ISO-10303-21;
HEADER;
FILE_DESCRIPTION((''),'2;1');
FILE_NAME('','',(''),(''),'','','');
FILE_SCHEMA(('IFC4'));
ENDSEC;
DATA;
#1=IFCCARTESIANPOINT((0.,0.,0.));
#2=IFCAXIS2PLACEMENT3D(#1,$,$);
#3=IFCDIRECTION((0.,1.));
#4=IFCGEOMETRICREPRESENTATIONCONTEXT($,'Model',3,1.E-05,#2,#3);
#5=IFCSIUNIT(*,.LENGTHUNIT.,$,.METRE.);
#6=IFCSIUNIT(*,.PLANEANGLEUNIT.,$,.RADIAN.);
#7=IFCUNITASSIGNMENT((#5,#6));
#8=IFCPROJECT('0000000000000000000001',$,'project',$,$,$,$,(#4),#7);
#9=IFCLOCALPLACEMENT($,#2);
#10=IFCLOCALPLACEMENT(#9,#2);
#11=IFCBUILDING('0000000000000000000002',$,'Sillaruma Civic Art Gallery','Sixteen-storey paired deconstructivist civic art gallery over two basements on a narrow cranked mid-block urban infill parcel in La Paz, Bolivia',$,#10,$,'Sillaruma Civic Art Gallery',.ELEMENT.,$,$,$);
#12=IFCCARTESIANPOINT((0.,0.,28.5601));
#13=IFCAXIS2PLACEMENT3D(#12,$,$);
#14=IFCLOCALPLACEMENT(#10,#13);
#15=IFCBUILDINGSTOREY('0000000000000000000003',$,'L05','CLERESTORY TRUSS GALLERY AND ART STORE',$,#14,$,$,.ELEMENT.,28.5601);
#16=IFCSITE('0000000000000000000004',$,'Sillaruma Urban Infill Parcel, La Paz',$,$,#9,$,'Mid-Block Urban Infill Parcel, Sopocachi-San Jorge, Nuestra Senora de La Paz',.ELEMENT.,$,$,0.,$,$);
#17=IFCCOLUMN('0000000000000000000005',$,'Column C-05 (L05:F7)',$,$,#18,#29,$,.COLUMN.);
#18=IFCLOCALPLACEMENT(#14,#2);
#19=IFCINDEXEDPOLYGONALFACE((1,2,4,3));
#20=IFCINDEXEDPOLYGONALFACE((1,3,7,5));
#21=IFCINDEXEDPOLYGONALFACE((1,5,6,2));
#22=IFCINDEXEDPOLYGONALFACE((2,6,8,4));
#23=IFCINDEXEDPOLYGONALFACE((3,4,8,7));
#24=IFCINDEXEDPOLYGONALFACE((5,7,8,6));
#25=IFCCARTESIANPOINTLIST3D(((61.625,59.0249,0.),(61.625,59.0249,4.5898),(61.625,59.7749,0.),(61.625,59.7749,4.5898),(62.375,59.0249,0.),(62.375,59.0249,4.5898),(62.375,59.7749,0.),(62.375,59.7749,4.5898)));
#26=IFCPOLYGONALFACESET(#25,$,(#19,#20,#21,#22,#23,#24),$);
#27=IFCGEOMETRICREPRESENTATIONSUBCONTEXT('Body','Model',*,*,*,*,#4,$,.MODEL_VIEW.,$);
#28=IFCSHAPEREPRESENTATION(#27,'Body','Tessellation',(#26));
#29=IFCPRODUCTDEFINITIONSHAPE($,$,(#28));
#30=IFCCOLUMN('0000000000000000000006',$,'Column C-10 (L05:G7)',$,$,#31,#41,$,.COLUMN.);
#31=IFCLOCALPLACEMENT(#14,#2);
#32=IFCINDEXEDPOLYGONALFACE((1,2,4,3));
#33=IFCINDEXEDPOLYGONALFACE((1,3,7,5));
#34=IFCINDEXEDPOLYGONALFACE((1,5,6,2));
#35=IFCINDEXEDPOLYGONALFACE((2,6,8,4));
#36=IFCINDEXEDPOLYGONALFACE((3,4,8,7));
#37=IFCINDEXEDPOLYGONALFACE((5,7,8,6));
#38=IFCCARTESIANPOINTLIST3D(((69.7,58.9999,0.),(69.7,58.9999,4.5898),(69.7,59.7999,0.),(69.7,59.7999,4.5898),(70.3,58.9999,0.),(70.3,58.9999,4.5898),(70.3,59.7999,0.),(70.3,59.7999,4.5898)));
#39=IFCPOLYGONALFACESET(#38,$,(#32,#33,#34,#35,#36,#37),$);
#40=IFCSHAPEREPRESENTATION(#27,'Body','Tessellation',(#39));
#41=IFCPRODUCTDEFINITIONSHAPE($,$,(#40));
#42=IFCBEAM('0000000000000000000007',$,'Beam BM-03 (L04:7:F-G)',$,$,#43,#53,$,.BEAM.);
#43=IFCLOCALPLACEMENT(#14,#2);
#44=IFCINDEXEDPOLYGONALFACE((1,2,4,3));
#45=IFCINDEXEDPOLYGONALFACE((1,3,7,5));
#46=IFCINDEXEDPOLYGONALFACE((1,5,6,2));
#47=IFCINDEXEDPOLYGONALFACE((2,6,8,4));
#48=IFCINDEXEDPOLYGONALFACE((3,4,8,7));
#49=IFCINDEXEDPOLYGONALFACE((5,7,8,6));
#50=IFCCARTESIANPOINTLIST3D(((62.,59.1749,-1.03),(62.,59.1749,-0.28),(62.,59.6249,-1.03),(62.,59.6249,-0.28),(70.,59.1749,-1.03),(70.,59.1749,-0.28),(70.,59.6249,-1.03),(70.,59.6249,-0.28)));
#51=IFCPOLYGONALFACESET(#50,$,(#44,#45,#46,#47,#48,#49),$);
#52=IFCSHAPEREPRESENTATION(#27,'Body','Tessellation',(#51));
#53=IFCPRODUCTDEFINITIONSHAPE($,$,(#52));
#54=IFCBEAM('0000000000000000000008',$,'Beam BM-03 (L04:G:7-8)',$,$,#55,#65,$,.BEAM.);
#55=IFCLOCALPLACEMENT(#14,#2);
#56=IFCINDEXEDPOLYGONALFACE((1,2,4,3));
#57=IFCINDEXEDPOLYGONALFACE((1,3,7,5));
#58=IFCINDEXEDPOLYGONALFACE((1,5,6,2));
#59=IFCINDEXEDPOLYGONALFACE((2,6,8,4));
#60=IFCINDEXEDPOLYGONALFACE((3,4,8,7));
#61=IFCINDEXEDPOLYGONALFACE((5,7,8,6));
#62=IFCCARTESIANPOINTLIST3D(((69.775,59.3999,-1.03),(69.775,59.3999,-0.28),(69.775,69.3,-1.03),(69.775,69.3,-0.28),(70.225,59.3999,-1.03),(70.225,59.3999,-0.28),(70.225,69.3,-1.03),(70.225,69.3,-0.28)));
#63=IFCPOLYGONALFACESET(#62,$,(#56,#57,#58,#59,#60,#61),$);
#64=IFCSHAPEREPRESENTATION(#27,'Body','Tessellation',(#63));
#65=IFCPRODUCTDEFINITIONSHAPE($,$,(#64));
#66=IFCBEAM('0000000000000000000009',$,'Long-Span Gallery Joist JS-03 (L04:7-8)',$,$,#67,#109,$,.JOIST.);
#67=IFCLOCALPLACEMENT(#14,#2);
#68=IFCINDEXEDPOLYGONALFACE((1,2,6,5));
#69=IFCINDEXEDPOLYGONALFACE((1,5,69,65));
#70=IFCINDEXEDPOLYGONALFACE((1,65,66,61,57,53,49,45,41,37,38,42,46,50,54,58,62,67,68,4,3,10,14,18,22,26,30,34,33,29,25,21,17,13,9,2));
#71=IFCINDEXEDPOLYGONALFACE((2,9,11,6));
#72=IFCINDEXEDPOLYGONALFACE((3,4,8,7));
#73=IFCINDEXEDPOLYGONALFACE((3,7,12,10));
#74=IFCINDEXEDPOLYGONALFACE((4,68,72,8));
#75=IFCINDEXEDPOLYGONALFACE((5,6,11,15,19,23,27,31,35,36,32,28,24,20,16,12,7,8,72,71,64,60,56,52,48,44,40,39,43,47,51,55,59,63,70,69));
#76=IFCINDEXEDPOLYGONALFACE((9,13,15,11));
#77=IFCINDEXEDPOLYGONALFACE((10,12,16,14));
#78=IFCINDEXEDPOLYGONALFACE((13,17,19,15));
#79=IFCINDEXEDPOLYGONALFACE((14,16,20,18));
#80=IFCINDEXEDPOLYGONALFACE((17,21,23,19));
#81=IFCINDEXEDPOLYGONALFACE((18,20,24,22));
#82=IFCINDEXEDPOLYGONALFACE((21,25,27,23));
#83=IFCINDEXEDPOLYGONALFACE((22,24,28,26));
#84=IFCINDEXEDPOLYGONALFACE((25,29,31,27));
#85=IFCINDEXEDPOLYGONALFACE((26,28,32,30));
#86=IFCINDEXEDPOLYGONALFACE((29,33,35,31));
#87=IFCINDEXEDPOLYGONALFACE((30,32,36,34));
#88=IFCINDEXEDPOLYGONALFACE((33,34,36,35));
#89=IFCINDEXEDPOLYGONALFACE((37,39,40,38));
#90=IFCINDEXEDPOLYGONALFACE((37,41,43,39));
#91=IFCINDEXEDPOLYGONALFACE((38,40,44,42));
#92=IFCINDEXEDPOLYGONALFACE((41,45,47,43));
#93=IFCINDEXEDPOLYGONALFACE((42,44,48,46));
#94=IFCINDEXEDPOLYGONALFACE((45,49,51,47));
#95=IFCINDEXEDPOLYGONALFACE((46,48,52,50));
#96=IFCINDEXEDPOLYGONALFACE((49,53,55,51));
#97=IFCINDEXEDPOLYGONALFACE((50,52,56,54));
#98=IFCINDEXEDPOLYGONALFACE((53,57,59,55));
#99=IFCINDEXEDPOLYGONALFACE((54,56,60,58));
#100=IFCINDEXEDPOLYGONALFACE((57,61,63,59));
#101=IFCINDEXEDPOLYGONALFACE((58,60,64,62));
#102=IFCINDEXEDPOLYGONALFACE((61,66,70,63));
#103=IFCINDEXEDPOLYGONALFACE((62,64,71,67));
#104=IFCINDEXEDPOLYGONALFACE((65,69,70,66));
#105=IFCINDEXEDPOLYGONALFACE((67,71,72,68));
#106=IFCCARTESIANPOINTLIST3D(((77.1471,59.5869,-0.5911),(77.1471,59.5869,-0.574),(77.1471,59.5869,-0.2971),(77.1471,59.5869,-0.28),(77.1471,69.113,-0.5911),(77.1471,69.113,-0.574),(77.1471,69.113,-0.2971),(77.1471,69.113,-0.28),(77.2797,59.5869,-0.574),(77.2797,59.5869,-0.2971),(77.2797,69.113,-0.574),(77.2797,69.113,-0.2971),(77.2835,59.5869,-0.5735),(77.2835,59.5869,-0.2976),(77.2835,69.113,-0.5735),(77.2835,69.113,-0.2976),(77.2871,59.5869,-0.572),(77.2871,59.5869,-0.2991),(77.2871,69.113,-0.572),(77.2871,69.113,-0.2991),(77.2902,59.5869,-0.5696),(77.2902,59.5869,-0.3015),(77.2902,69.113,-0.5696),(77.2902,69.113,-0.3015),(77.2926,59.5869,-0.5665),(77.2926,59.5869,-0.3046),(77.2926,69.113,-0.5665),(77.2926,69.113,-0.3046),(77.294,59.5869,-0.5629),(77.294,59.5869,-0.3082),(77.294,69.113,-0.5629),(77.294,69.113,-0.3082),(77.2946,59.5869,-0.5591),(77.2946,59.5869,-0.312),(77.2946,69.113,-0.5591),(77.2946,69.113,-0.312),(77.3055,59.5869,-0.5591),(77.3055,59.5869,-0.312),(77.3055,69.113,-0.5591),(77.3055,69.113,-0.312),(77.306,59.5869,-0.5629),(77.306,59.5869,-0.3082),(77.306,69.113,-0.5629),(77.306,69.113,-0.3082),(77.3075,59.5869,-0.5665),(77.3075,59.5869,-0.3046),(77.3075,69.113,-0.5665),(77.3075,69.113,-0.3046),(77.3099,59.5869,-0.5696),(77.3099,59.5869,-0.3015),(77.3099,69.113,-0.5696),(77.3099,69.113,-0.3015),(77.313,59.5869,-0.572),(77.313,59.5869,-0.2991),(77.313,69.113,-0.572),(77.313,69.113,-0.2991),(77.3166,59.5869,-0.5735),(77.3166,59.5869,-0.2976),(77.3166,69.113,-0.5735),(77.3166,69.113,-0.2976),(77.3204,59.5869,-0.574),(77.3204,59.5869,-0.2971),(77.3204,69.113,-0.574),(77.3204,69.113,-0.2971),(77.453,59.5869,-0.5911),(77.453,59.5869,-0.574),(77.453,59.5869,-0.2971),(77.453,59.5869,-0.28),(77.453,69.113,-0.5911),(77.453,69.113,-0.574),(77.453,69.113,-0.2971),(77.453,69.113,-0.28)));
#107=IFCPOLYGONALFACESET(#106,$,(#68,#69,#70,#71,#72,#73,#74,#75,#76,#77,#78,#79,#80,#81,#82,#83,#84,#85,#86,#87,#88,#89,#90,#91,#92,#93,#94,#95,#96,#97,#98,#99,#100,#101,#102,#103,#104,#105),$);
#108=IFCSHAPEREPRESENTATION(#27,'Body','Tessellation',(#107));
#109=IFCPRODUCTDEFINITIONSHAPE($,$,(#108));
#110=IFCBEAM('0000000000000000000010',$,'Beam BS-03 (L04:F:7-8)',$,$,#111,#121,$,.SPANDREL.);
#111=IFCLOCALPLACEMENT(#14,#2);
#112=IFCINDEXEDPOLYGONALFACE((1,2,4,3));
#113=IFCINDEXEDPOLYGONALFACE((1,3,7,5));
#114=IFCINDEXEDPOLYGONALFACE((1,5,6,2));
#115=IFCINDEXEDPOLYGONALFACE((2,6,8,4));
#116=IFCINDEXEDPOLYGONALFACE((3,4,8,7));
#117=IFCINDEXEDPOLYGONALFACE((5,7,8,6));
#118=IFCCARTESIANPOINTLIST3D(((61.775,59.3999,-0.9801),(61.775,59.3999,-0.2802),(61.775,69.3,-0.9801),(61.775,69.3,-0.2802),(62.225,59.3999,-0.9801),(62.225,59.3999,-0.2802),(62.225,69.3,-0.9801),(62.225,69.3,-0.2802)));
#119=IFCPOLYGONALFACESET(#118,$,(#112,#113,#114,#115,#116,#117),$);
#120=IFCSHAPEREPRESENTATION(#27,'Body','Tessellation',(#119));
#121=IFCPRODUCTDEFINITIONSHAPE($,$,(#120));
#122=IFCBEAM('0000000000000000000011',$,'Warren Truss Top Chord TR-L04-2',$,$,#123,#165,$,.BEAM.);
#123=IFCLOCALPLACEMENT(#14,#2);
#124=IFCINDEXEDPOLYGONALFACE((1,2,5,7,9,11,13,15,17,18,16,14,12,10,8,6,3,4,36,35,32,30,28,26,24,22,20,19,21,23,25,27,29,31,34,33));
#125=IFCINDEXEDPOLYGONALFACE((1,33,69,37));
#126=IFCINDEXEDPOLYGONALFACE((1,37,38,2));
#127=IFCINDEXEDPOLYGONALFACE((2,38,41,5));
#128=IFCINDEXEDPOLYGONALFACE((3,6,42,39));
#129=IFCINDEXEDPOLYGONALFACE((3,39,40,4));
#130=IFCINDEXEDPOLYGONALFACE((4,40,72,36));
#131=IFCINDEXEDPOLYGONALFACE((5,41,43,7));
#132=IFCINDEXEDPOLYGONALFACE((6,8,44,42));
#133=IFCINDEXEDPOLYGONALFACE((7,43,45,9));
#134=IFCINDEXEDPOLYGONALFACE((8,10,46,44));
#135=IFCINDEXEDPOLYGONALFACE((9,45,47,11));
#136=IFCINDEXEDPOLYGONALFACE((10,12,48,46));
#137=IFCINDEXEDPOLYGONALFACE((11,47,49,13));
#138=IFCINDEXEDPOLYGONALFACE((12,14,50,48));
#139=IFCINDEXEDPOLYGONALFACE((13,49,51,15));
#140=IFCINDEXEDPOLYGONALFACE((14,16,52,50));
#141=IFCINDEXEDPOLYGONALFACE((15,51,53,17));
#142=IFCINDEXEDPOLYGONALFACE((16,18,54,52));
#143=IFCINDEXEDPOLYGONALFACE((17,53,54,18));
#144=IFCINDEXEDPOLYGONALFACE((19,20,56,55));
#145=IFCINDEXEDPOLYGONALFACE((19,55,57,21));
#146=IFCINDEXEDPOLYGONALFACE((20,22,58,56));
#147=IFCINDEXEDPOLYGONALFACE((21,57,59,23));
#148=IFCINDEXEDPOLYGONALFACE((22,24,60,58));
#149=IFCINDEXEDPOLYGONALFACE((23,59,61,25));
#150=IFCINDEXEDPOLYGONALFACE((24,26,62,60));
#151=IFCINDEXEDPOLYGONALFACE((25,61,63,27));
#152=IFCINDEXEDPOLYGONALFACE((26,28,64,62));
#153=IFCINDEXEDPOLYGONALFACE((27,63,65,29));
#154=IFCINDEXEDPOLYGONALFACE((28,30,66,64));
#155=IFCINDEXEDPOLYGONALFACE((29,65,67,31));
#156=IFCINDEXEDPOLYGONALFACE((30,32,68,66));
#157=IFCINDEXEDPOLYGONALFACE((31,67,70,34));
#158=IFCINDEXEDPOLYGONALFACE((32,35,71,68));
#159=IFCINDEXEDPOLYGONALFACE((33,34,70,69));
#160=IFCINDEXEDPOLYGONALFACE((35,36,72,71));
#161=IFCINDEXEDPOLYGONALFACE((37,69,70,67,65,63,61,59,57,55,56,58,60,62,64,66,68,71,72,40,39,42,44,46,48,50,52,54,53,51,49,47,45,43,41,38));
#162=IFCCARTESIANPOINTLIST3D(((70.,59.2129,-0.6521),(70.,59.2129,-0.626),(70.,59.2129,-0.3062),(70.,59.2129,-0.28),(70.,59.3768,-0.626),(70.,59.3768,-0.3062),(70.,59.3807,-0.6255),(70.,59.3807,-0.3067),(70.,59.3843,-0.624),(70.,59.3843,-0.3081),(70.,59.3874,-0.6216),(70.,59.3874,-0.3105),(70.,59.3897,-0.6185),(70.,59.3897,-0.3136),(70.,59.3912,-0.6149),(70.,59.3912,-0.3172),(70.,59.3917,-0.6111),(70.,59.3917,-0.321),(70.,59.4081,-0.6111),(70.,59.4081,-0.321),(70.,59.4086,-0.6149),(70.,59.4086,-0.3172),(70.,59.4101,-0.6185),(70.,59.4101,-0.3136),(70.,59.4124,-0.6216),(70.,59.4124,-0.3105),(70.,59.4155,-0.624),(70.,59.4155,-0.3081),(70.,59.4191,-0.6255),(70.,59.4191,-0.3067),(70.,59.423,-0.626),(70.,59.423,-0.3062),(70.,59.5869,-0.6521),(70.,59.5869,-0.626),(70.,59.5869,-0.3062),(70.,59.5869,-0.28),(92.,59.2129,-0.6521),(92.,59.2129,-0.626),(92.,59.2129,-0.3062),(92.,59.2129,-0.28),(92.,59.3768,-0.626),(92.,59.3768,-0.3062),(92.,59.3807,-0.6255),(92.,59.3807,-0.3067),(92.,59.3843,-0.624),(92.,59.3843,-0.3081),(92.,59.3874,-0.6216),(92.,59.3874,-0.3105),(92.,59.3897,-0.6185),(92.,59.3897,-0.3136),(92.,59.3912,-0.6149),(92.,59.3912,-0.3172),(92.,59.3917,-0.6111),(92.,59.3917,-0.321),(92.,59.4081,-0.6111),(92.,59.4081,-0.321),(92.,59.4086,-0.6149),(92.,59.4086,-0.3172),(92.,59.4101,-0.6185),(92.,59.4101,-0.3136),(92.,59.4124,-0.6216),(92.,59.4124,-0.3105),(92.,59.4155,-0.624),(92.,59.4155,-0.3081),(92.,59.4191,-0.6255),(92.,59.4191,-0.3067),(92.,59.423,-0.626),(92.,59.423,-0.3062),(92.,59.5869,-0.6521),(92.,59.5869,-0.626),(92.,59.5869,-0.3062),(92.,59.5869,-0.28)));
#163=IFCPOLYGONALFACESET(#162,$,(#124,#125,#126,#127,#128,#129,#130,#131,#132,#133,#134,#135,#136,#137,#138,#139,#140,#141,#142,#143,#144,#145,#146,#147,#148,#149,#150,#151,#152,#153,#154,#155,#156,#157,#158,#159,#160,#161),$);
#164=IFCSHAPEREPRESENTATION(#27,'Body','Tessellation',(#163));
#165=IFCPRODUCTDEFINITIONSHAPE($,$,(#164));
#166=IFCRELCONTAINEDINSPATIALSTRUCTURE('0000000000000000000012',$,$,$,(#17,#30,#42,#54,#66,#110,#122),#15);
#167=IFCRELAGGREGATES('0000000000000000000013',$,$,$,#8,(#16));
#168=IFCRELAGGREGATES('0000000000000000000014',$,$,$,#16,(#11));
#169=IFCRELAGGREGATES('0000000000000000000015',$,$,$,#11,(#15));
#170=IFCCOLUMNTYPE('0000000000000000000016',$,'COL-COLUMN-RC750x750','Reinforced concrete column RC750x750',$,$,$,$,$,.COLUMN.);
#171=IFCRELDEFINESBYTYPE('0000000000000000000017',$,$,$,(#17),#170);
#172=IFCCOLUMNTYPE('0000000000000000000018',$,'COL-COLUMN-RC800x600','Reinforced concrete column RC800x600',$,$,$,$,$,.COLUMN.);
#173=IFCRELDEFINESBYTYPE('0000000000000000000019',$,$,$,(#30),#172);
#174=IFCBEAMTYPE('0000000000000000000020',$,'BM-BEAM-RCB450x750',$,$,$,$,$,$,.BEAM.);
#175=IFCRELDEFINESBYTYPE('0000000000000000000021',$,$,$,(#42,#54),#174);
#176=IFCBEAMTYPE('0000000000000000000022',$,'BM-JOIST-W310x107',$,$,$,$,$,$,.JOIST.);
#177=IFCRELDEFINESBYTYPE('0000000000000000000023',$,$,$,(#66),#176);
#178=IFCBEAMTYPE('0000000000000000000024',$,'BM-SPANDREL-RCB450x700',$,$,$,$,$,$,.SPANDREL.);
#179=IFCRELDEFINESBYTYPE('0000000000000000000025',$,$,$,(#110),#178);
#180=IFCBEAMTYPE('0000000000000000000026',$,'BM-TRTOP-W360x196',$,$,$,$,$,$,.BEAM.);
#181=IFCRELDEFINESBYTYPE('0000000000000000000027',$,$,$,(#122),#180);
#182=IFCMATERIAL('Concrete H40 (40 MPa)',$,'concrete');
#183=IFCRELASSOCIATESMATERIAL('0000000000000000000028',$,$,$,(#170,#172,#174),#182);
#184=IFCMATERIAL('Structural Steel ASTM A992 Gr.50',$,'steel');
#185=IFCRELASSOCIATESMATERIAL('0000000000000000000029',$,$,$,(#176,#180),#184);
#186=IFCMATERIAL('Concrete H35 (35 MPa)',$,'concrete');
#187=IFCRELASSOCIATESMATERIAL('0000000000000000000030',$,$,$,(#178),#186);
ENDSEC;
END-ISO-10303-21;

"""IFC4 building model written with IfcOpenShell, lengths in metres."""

from ifc_helpers import new_model, si_unit, direction, frame, origin, origin_2d, place, context, subcontext, project, spatial, rectangle, i_section, extrude, material, material_profile, profile_set, type_object, element, save


model = new_model("IFC4")

# Units and contexts
model_context = context("Model", 3, precision=1e-05, world=origin(), true_north=direction((0.0, 1.0)))
body_context = subcontext(model_context, "Body", "Model", "MODEL_VIEW")
ifc_project = project(units=[si_unit("LENGTHUNIT", "METRE"), si_unit("PLANEANGLEUNIT", "RADIAN")], contexts=[model_context])

# Site, building, storey
site_placement = place(None, origin())
site = spatial("IfcSite", under=ifc_project, at=site_placement, Name="Sillaruma Urban Infill Parcel, La Paz", LongName="Mid-Block Urban Infill Parcel, Sopocachi-San Jorge, Nuestra Senora de La Paz", CompositionType="ELEMENT", RefElevation=0.0)
building_placement = place(site_placement, origin())
building = spatial("IfcBuilding", under=site, at=building_placement, Name="Sillaruma Civic Art Gallery", Description="Sixteen-storey paired deconstructivist civic art gallery over two basements on a narrow cranked mid-block urban infill parcel in La Paz, Bolivia", LongName="Sillaruma Civic Art Gallery", CompositionType="ELEMENT")
storey_placement = place(building_placement, frame((0.0, 0.0, 28.5601)))
storey = spatial("IfcBuildingStorey", under=building, at=storey_placement, Name="L05", Description="CLERESTORY TRUSS GALLERY AND ART STORE", CompositionType="ELEMENT", Elevation=28.5601)

# Columns
ifc_material_1 = material(Name="Concrete H40 (40 MPa)", Category="concrete")
ifc_material_profile_1 = material_profile(ifc_material_1, rectangle(XDim=0.75, YDim=0.75, at=origin_2d()), Name="RC750x750")
ifc_profile_set_1 = profile_set([ifc_material_profile_1], Name="Concrete H40 (40 MPa)")
column_type_1 = type_object("IfcColumnType", Name="COL-COLUMN-RC750x750", Description="Reinforced concrete column RC750x750", PredefinedType="COLUMN", material=ifc_profile_set_1)
column_1_placement = place(storey_placement, frame((62.0, 59.3999, 0.0), z_axis=(0.0, 0.0, 1.0), x_axis=(1.0, 0.0, 0.0)))
element("IfcColumn", 1, at=column_1_placement, inside=storey, type_object=column_type_1, Name="Column C-05 (L05:F7)", PredefinedType="COLUMN", context=body_context, shape_type="SweptSolid", body=[
    extrude(rectangle(XDim=0.75, YDim=0.75, at=origin_2d()), origin(), (0.0, 0.0, 1.0), 4.5898),
])
ifc_material_profile_2 = material_profile(ifc_material_1, rectangle(XDim=0.6001, YDim=0.8, at=origin_2d()), Name="RC800x600")
ifc_profile_set_2 = profile_set([ifc_material_profile_2], Name="Concrete H40 (40 MPa)")
column_type_2 = type_object("IfcColumnType", Name="COL-COLUMN-RC800x600", Description="Reinforced concrete column RC800x600", PredefinedType="COLUMN", material=ifc_profile_set_2)
column_2_placement = place(storey_placement, frame((70.0, 59.3999, 0.0), z_axis=(0.0, 0.0, 1.0), x_axis=(1.0, 0.0, 0.0)))
element("IfcColumn", 2, at=column_2_placement, inside=storey, type_object=column_type_2, Name="Column C-10 (L05:G7)", PredefinedType="COLUMN", context=body_context, shape_type="SweptSolid", body=[
    extrude(rectangle(XDim=0.6001, YDim=0.8, at=origin_2d()), origin(), (0.0, 0.0, 1.0), 4.5898),
])

# Beams
ifc_material_profile_3 = material_profile(ifc_material_1, rectangle(XDim=0.45, YDim=0.75, at=origin_2d()), Name="RCB450x750")
ifc_profile_set_3 = profile_set([ifc_material_profile_3], Name="Concrete H40 (40 MPa)")
beam_type_1 = type_object("IfcBeamType", Name="BM-BEAM-RCB450x750", PredefinedType="BEAM", material=ifc_profile_set_3)
beam_1_placement = place(storey_placement, frame((62.0, 59.3999, -0.655), z_axis=(1.0, 0.0, 0.0), x_axis=(0.0, 1.0, 0.0)))
element("IfcBeam", 3, at=beam_1_placement, inside=storey, type_object=beam_type_1, Name="Beam BM-03 (L04:7:F-G)", PredefinedType="BEAM", context=body_context, shape_type="SweptSolid", body=[
    extrude(rectangle(XDim=0.45, YDim=0.75, at=origin_2d()), origin(), (0.0, 0.0, 1.0), 8.0),
])
beam_2_placement = place(storey_placement, frame((70.0, 59.3999, -0.655), z_axis=(0.0, 1.0, 0.0), x_axis=(-1.0, 0.0, 0.0)))
element("IfcBeam", 4, at=beam_2_placement, inside=storey, type_object=beam_type_1, Name="Beam BM-03 (L04:G:7-8)", PredefinedType="BEAM", context=body_context, shape_type="SweptSolid", body=[
    extrude(rectangle(XDim=0.45, YDim=0.75, at=origin_2d()), origin(), (0.0, 0.0, 1.0), 9.9001),
])
ifc_material_2 = material(Name="Structural Steel ASTM A992 Gr.50", Category="steel")
ifc_material_profile_4 = material_profile(ifc_material_2, i_section(OverallWidth=0.3059, OverallDepth=0.311, WebThickness=0.011, FlangeThickness=0.0171, FilletRadius=0.0149, at=origin_2d()), Name="W310x107")
ifc_profile_set_4 = profile_set([ifc_material_profile_4], Name="Structural Steel ASTM A992 Gr.50")
beam_type_2 = type_object("IfcBeamType", Name="BM-JOIST-W310x107", PredefinedType="JOIST", material=ifc_profile_set_4)
beam_3_placement = place(storey_placement, frame((77.3, 59.5869, -0.4355), z_axis=(0.0, 1.0, 0.0), x_axis=(-1.0, 0.0, 0.0)))
element("IfcBeam", 5, at=beam_3_placement, inside=storey, type_object=beam_type_2, Name="Long-Span Gallery Joist JS-03 (L04:7-8)", PredefinedType="JOIST", context=body_context, shape_type="SweptSolid", body=[
    extrude(i_section(OverallWidth=0.3059, OverallDepth=0.311, WebThickness=0.011, FlangeThickness=0.0171, FilletRadius=0.0149, at=origin_2d()), origin(), (0.0, 0.0, 1.0), 9.5261),
])
ifc_material_3 = material(Name="Concrete H35 (35 MPa)", Category="concrete")
ifc_material_profile_5 = material_profile(ifc_material_3, rectangle(XDim=0.45, YDim=0.7, at=origin_2d()), Name="RCB450x700")
ifc_profile_set_5 = profile_set([ifc_material_profile_5], Name="Concrete H35 (35 MPa)")
beam_type_3 = type_object("IfcBeamType", Name="BM-SPANDREL-RCB450x700", PredefinedType="SPANDREL", material=ifc_profile_set_5)
beam_4_placement = place(storey_placement, frame((62.0, 59.3999, -0.6301), z_axis=(0.0, 1.0, 0.0), x_axis=(-1.0, 0.0, 0.0)))
element("IfcBeam", 6, at=beam_4_placement, inside=storey, type_object=beam_type_3, Name="Beam BS-03 (L04:F:7-8)", PredefinedType="SPANDREL", context=body_context, shape_type="SweptSolid", body=[
    extrude(rectangle(XDim=0.45, YDim=0.7, at=origin_2d()), origin(), (0.0, 0.0, 1.0), 9.9001),
])
ifc_material_profile_6 = material_profile(ifc_material_2, i_section(OverallWidth=0.374, OverallDepth=0.3721, WebThickness=0.0164, FlangeThickness=0.0261, FilletRadius=0.0149, at=origin_2d()), Name="W360x196")
ifc_profile_set_6 = profile_set([ifc_material_profile_6], Name="Structural Steel ASTM A992 Gr.50")
beam_type_4 = type_object("IfcBeamType", Name="BM-TRTOP-W360x196", PredefinedType="BEAM", material=ifc_profile_set_6)
beam_5_placement = place(storey_placement, frame((70.0, 59.3999, -0.4661), z_axis=(1.0, 0.0, 0.0), x_axis=(0.0, 1.0, 0.0)))
element("IfcBeam", 7, at=beam_5_placement, inside=storey, type_object=beam_type_4, Name="Warren Truss Top Chord TR-L04-2", PredefinedType="BEAM", context=body_context, shape_type="SweptSolid", body=[
    extrude(i_section(OverallWidth=0.374, OverallDepth=0.3721, WebThickness=0.0164, FlangeThickness=0.0261, FilletRadius=0.0149, at=origin_2d()), origin(), (0.0, 0.0, 1.0), 22.0),
])

save(model, "model.ifc")
